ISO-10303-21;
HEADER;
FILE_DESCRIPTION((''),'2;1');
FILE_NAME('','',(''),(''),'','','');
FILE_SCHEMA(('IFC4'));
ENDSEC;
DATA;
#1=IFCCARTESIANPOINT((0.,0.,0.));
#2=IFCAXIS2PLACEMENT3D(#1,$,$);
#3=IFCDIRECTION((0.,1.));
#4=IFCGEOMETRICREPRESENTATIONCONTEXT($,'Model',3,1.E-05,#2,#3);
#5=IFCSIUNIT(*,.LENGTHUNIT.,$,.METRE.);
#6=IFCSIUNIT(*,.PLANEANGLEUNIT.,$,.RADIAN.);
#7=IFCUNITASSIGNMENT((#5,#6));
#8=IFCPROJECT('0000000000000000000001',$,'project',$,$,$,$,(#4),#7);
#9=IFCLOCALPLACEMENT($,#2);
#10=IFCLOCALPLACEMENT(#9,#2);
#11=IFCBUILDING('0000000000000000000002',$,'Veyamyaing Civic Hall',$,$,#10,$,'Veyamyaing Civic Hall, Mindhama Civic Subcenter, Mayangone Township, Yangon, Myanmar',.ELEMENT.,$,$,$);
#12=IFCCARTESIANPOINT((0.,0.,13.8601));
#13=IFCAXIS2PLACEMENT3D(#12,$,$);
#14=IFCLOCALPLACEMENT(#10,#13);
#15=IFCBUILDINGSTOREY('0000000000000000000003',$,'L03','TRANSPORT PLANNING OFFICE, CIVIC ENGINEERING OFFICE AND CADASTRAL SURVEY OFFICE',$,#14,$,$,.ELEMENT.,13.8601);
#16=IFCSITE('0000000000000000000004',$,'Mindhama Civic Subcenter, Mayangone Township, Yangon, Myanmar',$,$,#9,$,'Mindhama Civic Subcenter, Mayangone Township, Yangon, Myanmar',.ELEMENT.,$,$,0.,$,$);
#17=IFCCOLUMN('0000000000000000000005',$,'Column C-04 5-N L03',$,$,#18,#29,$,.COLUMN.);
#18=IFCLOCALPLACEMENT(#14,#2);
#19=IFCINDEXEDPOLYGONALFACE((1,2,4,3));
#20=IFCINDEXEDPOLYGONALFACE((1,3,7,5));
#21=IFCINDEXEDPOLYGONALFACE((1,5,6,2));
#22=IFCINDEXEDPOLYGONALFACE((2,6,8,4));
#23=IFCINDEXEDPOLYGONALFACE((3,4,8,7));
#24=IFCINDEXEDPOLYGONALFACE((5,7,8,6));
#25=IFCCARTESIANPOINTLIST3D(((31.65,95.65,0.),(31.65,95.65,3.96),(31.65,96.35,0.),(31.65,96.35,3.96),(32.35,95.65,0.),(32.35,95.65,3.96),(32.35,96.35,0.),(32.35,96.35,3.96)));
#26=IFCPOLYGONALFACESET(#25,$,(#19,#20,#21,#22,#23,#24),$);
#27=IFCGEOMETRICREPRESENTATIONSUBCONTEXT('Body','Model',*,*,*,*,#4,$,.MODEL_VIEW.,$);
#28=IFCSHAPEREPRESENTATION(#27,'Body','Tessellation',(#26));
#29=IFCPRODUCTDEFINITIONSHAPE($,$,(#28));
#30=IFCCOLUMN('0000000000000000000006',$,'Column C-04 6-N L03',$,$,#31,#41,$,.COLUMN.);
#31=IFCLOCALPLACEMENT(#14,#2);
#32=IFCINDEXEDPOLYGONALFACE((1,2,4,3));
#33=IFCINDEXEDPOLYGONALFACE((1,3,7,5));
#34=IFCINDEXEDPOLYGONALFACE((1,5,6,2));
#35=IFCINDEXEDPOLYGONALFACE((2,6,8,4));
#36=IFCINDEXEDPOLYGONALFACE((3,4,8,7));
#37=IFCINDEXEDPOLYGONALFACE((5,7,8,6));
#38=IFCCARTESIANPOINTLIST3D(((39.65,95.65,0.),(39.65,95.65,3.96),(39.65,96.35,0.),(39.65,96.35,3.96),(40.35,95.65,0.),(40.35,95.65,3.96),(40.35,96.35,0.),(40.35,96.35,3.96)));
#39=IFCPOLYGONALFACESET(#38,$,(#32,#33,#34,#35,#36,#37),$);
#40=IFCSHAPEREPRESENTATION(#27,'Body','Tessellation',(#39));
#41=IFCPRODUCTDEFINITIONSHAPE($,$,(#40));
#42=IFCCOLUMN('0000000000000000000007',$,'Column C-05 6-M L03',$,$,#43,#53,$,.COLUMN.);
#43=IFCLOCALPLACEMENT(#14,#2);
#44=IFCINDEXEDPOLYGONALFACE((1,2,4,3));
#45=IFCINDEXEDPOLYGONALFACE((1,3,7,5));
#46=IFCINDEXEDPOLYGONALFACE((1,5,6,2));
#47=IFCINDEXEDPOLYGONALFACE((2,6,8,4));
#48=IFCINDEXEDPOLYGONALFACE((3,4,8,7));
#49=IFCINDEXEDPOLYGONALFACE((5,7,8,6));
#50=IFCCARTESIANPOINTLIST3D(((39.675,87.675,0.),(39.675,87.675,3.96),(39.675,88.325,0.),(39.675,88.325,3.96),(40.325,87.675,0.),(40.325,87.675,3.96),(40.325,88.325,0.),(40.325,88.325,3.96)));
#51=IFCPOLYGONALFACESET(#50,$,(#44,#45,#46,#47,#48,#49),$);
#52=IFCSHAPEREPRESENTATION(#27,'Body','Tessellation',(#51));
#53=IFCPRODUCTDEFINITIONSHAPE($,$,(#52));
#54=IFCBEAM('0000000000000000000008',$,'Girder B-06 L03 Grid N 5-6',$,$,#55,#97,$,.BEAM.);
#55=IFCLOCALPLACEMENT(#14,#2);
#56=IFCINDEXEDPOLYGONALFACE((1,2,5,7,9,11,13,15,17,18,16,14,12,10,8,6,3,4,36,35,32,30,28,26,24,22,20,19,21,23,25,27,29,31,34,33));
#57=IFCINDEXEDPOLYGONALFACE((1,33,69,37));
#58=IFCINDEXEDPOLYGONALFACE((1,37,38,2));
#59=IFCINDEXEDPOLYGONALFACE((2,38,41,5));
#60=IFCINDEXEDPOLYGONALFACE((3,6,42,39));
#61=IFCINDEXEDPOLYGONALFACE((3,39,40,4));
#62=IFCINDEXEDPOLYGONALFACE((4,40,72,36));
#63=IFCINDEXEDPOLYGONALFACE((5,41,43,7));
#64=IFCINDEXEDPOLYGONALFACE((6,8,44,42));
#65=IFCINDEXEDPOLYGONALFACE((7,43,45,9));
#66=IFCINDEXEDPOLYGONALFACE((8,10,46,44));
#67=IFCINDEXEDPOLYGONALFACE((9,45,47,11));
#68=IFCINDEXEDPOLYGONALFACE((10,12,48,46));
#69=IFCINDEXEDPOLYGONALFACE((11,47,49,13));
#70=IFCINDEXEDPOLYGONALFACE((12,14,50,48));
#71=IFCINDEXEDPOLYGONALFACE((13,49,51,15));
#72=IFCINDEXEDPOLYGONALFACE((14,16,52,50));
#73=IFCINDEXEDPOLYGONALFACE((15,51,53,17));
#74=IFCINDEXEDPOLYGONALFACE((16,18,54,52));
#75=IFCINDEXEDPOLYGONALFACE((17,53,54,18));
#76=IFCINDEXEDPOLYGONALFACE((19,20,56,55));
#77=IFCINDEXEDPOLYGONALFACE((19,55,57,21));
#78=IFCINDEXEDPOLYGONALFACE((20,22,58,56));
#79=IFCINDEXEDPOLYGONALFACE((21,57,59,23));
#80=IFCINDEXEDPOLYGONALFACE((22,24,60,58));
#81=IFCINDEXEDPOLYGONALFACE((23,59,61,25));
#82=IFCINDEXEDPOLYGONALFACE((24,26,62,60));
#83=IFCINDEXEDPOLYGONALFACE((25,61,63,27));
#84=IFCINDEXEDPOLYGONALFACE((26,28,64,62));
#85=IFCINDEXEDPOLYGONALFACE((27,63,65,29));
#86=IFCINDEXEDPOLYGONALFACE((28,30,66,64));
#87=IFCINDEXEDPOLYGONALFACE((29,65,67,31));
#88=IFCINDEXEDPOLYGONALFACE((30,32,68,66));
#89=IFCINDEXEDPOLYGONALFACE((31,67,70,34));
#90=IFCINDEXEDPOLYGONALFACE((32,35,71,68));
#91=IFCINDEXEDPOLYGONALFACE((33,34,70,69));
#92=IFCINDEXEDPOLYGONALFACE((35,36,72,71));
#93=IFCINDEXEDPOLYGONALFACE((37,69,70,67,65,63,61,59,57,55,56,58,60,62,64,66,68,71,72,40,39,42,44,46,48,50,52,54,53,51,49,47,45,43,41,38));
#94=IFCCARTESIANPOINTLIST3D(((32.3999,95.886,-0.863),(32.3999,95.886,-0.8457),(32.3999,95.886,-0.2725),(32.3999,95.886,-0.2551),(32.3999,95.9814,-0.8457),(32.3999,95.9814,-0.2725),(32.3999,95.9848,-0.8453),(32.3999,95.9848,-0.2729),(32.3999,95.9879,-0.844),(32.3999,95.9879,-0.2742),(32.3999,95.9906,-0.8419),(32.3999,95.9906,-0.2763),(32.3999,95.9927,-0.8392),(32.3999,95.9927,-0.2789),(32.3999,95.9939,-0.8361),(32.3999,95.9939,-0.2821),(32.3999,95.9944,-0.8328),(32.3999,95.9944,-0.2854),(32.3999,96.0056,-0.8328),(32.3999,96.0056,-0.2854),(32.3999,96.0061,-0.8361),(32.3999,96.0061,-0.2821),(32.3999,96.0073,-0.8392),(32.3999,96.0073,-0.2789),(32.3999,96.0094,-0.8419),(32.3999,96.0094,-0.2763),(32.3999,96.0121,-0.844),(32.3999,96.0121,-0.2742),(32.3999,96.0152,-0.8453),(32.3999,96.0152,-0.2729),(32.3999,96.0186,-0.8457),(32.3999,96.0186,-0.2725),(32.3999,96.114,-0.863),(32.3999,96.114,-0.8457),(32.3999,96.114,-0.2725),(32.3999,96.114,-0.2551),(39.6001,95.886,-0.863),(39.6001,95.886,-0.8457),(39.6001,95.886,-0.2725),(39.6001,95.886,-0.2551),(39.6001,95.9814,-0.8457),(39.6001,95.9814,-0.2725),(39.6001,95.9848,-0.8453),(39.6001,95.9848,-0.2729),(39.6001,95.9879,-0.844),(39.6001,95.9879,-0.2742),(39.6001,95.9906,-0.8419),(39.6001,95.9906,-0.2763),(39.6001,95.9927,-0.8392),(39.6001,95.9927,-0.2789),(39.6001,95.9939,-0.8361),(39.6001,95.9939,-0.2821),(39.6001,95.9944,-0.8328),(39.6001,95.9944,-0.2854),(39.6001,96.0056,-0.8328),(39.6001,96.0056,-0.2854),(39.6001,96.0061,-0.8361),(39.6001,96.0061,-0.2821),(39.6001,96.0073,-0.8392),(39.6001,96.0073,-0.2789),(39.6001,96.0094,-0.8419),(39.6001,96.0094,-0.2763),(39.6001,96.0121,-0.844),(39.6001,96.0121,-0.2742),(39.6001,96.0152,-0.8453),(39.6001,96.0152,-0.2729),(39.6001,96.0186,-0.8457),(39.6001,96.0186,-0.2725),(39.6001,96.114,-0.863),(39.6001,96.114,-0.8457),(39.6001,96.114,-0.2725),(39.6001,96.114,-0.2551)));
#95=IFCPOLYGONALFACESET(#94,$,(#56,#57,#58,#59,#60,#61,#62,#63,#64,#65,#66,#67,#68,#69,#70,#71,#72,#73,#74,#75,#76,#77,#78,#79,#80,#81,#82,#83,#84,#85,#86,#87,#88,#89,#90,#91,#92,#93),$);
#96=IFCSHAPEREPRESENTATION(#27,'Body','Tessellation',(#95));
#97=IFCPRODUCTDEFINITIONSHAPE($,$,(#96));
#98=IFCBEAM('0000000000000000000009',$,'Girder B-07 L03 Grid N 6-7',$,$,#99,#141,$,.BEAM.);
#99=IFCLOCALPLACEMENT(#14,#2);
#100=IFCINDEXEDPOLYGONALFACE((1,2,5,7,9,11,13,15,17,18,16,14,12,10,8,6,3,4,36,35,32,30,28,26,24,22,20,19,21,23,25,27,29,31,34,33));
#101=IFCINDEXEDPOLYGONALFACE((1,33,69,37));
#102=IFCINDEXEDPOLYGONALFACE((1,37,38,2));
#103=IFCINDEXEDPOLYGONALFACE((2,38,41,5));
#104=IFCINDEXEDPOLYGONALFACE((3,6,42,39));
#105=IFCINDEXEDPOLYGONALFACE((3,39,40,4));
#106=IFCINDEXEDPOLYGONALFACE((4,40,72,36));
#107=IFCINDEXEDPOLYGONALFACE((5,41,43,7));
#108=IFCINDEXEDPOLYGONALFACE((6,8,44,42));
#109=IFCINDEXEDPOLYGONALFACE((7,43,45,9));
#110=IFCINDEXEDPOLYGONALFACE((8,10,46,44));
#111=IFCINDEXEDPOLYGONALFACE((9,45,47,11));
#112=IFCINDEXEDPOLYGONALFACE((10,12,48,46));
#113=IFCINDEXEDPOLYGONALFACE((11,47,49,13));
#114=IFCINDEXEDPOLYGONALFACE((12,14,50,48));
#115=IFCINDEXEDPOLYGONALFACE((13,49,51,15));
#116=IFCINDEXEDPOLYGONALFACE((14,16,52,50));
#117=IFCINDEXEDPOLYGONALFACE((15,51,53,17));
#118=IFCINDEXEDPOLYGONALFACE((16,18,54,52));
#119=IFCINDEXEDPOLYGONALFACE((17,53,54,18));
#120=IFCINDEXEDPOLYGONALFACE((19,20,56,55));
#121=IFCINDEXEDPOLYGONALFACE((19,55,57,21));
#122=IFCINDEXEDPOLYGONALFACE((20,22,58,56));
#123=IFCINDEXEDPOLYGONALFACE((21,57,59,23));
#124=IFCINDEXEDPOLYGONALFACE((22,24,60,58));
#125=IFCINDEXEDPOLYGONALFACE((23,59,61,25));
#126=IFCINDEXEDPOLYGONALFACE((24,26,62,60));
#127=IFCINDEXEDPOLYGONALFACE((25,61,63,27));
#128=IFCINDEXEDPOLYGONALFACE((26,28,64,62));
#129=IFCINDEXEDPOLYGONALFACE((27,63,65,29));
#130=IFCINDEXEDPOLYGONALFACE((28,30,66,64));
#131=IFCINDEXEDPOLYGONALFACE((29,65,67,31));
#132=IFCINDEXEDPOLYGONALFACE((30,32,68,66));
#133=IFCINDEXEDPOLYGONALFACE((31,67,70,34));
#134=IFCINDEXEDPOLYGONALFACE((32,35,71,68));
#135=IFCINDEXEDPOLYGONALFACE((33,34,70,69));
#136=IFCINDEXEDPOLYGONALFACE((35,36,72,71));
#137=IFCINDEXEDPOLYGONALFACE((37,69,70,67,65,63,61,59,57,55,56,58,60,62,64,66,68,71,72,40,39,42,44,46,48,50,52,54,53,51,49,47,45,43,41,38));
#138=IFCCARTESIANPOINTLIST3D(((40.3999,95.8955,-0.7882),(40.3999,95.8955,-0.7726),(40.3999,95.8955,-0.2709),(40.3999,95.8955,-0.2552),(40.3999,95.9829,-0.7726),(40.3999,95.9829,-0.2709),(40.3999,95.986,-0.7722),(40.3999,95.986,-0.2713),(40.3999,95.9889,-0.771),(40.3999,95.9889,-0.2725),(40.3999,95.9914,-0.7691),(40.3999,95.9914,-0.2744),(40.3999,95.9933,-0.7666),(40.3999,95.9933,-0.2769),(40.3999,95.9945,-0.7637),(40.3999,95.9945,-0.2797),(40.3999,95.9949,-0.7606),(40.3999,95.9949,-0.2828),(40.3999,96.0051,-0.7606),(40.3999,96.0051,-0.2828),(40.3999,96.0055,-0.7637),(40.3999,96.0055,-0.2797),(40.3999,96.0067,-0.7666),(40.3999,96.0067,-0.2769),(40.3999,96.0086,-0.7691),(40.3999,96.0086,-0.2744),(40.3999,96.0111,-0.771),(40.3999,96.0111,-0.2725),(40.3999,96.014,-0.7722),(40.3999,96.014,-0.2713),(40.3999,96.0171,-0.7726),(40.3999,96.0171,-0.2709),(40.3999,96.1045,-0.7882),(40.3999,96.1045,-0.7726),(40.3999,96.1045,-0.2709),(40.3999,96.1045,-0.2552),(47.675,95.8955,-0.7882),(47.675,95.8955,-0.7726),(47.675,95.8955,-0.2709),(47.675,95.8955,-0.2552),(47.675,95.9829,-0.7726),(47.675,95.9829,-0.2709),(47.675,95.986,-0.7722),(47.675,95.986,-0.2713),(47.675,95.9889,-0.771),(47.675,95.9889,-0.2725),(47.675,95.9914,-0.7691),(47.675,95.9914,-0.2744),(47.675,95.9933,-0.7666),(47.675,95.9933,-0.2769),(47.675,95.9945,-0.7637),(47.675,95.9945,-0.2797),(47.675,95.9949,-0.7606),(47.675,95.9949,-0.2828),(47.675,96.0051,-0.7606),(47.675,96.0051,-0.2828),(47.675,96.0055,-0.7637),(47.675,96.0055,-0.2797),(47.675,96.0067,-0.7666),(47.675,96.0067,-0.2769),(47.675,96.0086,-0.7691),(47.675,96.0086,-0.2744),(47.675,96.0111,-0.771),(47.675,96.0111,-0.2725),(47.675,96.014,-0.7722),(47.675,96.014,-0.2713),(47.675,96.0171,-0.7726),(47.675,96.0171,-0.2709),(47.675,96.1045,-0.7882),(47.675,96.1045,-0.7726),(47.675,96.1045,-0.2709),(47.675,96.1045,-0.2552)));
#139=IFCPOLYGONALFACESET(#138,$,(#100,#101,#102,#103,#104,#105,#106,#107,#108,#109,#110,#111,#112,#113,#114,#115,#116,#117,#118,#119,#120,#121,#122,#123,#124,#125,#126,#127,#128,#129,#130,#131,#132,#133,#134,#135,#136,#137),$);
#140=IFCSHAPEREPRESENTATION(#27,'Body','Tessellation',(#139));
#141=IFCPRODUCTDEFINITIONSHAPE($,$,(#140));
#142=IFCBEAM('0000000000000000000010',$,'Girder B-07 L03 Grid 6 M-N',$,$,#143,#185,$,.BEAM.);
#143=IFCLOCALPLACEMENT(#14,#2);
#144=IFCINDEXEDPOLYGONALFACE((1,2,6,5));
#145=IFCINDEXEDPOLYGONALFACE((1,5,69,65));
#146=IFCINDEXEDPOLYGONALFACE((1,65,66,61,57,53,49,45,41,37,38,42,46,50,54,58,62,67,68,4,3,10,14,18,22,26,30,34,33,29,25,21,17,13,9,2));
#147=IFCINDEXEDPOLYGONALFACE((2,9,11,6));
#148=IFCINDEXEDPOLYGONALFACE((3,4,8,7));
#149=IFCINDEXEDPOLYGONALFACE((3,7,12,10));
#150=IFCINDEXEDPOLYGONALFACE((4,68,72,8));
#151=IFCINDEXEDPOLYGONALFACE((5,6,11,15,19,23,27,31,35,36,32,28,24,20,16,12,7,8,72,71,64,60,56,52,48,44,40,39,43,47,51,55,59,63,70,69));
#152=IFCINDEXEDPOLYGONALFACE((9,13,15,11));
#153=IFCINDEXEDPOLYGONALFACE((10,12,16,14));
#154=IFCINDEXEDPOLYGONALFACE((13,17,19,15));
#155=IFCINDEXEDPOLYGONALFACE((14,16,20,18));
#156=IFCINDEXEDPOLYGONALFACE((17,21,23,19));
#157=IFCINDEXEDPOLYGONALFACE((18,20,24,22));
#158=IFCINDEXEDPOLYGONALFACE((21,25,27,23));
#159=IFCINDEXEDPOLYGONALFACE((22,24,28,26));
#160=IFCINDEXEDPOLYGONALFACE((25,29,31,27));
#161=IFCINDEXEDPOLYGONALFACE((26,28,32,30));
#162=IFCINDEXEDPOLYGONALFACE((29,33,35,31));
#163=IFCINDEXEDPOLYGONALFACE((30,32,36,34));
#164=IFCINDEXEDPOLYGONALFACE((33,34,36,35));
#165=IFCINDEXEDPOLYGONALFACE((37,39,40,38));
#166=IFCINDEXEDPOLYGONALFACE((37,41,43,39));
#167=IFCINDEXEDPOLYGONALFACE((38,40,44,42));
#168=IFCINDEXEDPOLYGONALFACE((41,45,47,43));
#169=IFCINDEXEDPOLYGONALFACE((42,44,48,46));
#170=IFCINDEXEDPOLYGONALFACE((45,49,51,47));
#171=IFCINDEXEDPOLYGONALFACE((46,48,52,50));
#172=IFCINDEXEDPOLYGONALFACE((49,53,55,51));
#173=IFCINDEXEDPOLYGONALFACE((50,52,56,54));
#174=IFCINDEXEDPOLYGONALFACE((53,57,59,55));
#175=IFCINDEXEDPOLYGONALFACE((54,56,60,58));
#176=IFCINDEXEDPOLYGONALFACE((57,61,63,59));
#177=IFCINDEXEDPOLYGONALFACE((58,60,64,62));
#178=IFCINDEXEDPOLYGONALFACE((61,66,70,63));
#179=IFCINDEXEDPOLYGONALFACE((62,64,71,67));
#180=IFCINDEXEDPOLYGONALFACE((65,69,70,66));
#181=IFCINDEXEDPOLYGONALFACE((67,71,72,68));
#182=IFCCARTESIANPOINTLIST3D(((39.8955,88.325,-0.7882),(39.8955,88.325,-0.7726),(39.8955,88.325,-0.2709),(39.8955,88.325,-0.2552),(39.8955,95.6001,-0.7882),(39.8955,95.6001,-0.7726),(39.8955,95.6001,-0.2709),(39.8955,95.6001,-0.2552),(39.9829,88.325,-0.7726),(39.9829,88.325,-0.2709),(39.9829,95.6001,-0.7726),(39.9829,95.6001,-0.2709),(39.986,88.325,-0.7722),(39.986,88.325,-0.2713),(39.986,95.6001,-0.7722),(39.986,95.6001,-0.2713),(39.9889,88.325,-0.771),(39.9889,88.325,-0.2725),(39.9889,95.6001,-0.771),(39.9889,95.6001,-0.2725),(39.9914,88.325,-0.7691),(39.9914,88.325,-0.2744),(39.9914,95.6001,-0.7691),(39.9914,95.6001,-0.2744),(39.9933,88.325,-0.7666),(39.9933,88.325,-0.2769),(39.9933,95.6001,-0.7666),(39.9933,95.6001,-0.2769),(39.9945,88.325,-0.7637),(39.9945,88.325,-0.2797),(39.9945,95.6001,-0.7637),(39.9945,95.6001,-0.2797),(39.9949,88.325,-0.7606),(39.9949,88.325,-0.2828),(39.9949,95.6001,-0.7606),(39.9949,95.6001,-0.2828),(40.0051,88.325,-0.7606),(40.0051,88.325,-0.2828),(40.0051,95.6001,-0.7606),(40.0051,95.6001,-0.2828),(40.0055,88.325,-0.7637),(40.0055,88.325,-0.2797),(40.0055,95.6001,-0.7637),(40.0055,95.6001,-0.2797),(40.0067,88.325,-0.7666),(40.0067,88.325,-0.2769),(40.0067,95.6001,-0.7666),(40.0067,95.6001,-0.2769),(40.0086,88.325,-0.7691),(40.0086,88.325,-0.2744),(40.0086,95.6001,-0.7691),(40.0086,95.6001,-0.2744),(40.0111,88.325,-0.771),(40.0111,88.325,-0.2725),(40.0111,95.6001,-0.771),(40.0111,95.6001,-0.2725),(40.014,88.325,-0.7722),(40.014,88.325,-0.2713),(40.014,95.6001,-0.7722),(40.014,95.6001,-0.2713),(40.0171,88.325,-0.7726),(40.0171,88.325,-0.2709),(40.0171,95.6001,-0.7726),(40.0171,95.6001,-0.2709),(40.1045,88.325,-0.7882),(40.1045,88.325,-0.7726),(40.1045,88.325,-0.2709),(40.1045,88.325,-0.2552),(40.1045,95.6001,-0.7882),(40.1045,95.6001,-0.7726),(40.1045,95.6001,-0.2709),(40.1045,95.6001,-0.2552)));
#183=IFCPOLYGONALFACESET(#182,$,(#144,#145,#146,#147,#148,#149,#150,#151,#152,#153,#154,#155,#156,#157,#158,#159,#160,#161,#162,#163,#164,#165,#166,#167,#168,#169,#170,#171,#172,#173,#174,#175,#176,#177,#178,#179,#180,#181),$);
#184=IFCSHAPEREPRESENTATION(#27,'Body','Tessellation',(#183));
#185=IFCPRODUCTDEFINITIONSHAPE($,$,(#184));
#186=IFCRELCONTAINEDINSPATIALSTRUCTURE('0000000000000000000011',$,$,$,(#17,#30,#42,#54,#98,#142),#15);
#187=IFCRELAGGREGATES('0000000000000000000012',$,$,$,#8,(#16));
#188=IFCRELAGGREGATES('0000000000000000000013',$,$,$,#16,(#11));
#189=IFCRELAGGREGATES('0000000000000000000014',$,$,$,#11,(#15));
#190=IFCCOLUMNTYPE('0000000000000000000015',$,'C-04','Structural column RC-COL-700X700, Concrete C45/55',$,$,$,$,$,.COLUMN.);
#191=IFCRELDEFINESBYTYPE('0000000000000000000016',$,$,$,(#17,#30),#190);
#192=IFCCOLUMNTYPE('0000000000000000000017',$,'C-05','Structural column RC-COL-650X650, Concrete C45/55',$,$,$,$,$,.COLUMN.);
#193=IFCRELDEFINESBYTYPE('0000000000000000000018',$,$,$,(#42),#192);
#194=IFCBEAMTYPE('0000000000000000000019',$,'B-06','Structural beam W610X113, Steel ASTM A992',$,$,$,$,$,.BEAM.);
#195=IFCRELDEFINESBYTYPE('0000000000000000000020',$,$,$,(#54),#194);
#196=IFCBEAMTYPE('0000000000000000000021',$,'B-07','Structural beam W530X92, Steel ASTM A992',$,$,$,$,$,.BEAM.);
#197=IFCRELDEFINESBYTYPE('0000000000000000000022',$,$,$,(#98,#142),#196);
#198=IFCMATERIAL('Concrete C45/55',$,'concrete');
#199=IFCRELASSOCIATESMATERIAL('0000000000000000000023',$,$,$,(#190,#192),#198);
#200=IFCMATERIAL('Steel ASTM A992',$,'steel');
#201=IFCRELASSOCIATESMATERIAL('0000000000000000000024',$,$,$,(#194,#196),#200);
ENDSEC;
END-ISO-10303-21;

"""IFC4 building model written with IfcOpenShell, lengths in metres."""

from ifc_helpers import new_model, si_unit, direction, frame, origin, origin_2d, place, context, subcontext, project, spatial, rectangle, i_section, extrude, material, material_profile, profile_set, type_object, element, save


model = new_model("IFC4")

# Units and contexts
model_context = context("Model", 3, precision=1e-05, world=origin(), true_north=direction((0.0, 1.0)))
body_context = subcontext(model_context, "Body", "Model", "MODEL_VIEW")
ifc_project = project(units=[si_unit("LENGTHUNIT", "METRE"), si_unit("PLANEANGLEUNIT", "RADIAN")], contexts=[model_context])

# Site, building, storey
site_placement = place(None, origin())
site = spatial("IfcSite", under=ifc_project, at=site_placement, Name="Mindhama Civic Subcenter, Mayangone Township, Yangon, Myanmar", LongName="Mindhama Civic Subcenter, Mayangone Township, Yangon, Myanmar", CompositionType="ELEMENT", RefElevation=0.0)
building_placement = place(site_placement, origin())
building = spatial("IfcBuilding", under=site, at=building_placement, Name="Veyamyaing Civic Hall", LongName="Veyamyaing Civic Hall, Mindhama Civic Subcenter, Mayangone Township, Yangon, Myanmar", CompositionType="ELEMENT")
storey_placement = place(building_placement, frame((0.0, 0.0, 13.8601)))
storey = spatial("IfcBuildingStorey", under=building, at=storey_placement, Name="L03", Description="TRANSPORT PLANNING OFFICE, CIVIC ENGINEERING OFFICE AND CADASTRAL SURVEY OFFICE", CompositionType="ELEMENT", Elevation=13.8601)

# Columns
ifc_material_1 = material(Name="Concrete C45/55", Category="concrete")
ifc_material_profile_1 = material_profile(ifc_material_1, rectangle(XDim=0.7, YDim=0.7, at=origin_2d()), Name="RC-COL-700X700")
ifc_profile_set_1 = profile_set([ifc_material_profile_1], Name="Concrete C45/55")
column_type_1 = type_object("IfcColumnType", Name="C-04", Description="Structural column RC-COL-700X700, Concrete C45/55", PredefinedType="COLUMN", material=ifc_profile_set_1)
for number, where, z_axis, x_axis, name in (
    (1, (32.0, 96.0, 0.0), (0.0, 0.0, 1.0), (1.0, 0.0, 0.0), "Column C-04 5-N L03"),
    (2, (40.0, 96.0, 0.0), (0.0, 0.0, 1.0), (1.0, 0.0, 0.0), "Column C-04 6-N L03"),
):
    element("IfcColumn", number, at=place(storey_placement, frame(where, z_axis=z_axis, x_axis=x_axis)), inside=storey, type_object=column_type_1, Name=name, PredefinedType="COLUMN", context=body_context, shape_type="SweptSolid", body=[
        extrude(rectangle(XDim=0.7, YDim=0.7, at=origin_2d()), origin(), (0.0, 0.0, 1.0), 3.96),
    ])
ifc_material_profile_2 = material_profile(ifc_material_1, rectangle(XDim=0.6499, YDim=0.6499, at=origin_2d()), Name="RC-COL-650X650")
ifc_profile_set_2 = profile_set([ifc_material_profile_2], Name="Concrete C45/55")
column_type_2 = type_object("IfcColumnType", Name="C-05", Description="Structural column RC-COL-650X650, Concrete C45/55", PredefinedType="COLUMN", material=ifc_profile_set_2)
column_placement = place(storey_placement, frame((40.0, 88.0, 0.0), z_axis=(0.0, 0.0, 1.0), x_axis=(1.0, 0.0, 0.0)))
element("IfcColumn", 3, at=column_placement, inside=storey, type_object=column_type_2, Name="Column C-05 6-M L03", PredefinedType="COLUMN", context=body_context, shape_type="SweptSolid", body=[
    extrude(rectangle(XDim=0.6499, YDim=0.6499, at=origin_2d()), origin(), (0.0, 0.0, 1.0), 3.96),
])

# Beams
ifc_material_2 = material(Name="Steel ASTM A992", Category="steel")
ifc_material_profile_3 = material_profile(ifc_material_2, i_section(OverallWidth=0.228, OverallDepth=0.6079, WebThickness=0.0112, FlangeThickness=0.0173, FilletRadius=0.0129, at=origin_2d()), Name="W610X113")
ifc_profile_set_3 = profile_set([ifc_material_profile_3], Name="Steel ASTM A992")
beam_type_1 = type_object("IfcBeamType", Name="B-06", Description="Structural beam W610X113, Steel ASTM A992", PredefinedType="BEAM", material=ifc_profile_set_3)
beam_1_placement = place(storey_placement, frame((32.3999, 96.0, -0.5591), z_axis=(1.0, 0.0, 0.0), x_axis=(0.0, 1.0, 0.0)))
element("IfcBeam", 4, at=beam_1_placement, inside=storey, type_object=beam_type_1, Name="Girder B-06 L03 Grid N 5-6", PredefinedType="BEAM", context=body_context, shape_type="SweptSolid", body=[
    extrude(i_section(OverallWidth=0.228, OverallDepth=0.6079, WebThickness=0.0112, FlangeThickness=0.0173, FilletRadius=0.0129, at=origin_2d()), origin(), (0.0, 0.0, 1.0), 7.2002),
])
ifc_material_profile_4 = material_profile(ifc_material_2, i_section(OverallWidth=0.209, OverallDepth=0.533, WebThickness=0.0103, FlangeThickness=0.0156, FilletRadius=0.012, at=origin_2d()), Name="W530X92")
ifc_profile_set_4 = profile_set([ifc_material_profile_4], Name="Steel ASTM A992")
beam_type_2 = type_object("IfcBeamType", Name="B-07", Description="Structural beam W530X92, Steel ASTM A992", PredefinedType="BEAM", material=ifc_profile_set_4)
for number, where, z_axis, x_axis, name in (
    (5, (40.3999, 96.0, -0.5217), (1.0, 0.0, 0.0), (0.0, 1.0, 0.0), "Girder B-07 L03 Grid N 6-7"),
    (6, (40.0, 88.325, -0.5217), (0.0, 1.0, 0.0), (-1.0, 0.0, 0.0), "Girder B-07 L03 Grid 6 M-N"),
):
    element("IfcBeam", number, at=place(storey_placement, frame(where, z_axis=z_axis, x_axis=x_axis)), inside=storey, type_object=beam_type_2, Name=name, PredefinedType="BEAM", context=body_context, shape_type="SweptSolid", body=[
        extrude(i_section(OverallWidth=0.209, OverallDepth=0.533, WebThickness=0.0103, FlangeThickness=0.0156, FilletRadius=0.012, at=origin_2d()), origin(), (0.0, 0.0, 1.0), 7.2751),
    ])

save(model, "model.ifc")
